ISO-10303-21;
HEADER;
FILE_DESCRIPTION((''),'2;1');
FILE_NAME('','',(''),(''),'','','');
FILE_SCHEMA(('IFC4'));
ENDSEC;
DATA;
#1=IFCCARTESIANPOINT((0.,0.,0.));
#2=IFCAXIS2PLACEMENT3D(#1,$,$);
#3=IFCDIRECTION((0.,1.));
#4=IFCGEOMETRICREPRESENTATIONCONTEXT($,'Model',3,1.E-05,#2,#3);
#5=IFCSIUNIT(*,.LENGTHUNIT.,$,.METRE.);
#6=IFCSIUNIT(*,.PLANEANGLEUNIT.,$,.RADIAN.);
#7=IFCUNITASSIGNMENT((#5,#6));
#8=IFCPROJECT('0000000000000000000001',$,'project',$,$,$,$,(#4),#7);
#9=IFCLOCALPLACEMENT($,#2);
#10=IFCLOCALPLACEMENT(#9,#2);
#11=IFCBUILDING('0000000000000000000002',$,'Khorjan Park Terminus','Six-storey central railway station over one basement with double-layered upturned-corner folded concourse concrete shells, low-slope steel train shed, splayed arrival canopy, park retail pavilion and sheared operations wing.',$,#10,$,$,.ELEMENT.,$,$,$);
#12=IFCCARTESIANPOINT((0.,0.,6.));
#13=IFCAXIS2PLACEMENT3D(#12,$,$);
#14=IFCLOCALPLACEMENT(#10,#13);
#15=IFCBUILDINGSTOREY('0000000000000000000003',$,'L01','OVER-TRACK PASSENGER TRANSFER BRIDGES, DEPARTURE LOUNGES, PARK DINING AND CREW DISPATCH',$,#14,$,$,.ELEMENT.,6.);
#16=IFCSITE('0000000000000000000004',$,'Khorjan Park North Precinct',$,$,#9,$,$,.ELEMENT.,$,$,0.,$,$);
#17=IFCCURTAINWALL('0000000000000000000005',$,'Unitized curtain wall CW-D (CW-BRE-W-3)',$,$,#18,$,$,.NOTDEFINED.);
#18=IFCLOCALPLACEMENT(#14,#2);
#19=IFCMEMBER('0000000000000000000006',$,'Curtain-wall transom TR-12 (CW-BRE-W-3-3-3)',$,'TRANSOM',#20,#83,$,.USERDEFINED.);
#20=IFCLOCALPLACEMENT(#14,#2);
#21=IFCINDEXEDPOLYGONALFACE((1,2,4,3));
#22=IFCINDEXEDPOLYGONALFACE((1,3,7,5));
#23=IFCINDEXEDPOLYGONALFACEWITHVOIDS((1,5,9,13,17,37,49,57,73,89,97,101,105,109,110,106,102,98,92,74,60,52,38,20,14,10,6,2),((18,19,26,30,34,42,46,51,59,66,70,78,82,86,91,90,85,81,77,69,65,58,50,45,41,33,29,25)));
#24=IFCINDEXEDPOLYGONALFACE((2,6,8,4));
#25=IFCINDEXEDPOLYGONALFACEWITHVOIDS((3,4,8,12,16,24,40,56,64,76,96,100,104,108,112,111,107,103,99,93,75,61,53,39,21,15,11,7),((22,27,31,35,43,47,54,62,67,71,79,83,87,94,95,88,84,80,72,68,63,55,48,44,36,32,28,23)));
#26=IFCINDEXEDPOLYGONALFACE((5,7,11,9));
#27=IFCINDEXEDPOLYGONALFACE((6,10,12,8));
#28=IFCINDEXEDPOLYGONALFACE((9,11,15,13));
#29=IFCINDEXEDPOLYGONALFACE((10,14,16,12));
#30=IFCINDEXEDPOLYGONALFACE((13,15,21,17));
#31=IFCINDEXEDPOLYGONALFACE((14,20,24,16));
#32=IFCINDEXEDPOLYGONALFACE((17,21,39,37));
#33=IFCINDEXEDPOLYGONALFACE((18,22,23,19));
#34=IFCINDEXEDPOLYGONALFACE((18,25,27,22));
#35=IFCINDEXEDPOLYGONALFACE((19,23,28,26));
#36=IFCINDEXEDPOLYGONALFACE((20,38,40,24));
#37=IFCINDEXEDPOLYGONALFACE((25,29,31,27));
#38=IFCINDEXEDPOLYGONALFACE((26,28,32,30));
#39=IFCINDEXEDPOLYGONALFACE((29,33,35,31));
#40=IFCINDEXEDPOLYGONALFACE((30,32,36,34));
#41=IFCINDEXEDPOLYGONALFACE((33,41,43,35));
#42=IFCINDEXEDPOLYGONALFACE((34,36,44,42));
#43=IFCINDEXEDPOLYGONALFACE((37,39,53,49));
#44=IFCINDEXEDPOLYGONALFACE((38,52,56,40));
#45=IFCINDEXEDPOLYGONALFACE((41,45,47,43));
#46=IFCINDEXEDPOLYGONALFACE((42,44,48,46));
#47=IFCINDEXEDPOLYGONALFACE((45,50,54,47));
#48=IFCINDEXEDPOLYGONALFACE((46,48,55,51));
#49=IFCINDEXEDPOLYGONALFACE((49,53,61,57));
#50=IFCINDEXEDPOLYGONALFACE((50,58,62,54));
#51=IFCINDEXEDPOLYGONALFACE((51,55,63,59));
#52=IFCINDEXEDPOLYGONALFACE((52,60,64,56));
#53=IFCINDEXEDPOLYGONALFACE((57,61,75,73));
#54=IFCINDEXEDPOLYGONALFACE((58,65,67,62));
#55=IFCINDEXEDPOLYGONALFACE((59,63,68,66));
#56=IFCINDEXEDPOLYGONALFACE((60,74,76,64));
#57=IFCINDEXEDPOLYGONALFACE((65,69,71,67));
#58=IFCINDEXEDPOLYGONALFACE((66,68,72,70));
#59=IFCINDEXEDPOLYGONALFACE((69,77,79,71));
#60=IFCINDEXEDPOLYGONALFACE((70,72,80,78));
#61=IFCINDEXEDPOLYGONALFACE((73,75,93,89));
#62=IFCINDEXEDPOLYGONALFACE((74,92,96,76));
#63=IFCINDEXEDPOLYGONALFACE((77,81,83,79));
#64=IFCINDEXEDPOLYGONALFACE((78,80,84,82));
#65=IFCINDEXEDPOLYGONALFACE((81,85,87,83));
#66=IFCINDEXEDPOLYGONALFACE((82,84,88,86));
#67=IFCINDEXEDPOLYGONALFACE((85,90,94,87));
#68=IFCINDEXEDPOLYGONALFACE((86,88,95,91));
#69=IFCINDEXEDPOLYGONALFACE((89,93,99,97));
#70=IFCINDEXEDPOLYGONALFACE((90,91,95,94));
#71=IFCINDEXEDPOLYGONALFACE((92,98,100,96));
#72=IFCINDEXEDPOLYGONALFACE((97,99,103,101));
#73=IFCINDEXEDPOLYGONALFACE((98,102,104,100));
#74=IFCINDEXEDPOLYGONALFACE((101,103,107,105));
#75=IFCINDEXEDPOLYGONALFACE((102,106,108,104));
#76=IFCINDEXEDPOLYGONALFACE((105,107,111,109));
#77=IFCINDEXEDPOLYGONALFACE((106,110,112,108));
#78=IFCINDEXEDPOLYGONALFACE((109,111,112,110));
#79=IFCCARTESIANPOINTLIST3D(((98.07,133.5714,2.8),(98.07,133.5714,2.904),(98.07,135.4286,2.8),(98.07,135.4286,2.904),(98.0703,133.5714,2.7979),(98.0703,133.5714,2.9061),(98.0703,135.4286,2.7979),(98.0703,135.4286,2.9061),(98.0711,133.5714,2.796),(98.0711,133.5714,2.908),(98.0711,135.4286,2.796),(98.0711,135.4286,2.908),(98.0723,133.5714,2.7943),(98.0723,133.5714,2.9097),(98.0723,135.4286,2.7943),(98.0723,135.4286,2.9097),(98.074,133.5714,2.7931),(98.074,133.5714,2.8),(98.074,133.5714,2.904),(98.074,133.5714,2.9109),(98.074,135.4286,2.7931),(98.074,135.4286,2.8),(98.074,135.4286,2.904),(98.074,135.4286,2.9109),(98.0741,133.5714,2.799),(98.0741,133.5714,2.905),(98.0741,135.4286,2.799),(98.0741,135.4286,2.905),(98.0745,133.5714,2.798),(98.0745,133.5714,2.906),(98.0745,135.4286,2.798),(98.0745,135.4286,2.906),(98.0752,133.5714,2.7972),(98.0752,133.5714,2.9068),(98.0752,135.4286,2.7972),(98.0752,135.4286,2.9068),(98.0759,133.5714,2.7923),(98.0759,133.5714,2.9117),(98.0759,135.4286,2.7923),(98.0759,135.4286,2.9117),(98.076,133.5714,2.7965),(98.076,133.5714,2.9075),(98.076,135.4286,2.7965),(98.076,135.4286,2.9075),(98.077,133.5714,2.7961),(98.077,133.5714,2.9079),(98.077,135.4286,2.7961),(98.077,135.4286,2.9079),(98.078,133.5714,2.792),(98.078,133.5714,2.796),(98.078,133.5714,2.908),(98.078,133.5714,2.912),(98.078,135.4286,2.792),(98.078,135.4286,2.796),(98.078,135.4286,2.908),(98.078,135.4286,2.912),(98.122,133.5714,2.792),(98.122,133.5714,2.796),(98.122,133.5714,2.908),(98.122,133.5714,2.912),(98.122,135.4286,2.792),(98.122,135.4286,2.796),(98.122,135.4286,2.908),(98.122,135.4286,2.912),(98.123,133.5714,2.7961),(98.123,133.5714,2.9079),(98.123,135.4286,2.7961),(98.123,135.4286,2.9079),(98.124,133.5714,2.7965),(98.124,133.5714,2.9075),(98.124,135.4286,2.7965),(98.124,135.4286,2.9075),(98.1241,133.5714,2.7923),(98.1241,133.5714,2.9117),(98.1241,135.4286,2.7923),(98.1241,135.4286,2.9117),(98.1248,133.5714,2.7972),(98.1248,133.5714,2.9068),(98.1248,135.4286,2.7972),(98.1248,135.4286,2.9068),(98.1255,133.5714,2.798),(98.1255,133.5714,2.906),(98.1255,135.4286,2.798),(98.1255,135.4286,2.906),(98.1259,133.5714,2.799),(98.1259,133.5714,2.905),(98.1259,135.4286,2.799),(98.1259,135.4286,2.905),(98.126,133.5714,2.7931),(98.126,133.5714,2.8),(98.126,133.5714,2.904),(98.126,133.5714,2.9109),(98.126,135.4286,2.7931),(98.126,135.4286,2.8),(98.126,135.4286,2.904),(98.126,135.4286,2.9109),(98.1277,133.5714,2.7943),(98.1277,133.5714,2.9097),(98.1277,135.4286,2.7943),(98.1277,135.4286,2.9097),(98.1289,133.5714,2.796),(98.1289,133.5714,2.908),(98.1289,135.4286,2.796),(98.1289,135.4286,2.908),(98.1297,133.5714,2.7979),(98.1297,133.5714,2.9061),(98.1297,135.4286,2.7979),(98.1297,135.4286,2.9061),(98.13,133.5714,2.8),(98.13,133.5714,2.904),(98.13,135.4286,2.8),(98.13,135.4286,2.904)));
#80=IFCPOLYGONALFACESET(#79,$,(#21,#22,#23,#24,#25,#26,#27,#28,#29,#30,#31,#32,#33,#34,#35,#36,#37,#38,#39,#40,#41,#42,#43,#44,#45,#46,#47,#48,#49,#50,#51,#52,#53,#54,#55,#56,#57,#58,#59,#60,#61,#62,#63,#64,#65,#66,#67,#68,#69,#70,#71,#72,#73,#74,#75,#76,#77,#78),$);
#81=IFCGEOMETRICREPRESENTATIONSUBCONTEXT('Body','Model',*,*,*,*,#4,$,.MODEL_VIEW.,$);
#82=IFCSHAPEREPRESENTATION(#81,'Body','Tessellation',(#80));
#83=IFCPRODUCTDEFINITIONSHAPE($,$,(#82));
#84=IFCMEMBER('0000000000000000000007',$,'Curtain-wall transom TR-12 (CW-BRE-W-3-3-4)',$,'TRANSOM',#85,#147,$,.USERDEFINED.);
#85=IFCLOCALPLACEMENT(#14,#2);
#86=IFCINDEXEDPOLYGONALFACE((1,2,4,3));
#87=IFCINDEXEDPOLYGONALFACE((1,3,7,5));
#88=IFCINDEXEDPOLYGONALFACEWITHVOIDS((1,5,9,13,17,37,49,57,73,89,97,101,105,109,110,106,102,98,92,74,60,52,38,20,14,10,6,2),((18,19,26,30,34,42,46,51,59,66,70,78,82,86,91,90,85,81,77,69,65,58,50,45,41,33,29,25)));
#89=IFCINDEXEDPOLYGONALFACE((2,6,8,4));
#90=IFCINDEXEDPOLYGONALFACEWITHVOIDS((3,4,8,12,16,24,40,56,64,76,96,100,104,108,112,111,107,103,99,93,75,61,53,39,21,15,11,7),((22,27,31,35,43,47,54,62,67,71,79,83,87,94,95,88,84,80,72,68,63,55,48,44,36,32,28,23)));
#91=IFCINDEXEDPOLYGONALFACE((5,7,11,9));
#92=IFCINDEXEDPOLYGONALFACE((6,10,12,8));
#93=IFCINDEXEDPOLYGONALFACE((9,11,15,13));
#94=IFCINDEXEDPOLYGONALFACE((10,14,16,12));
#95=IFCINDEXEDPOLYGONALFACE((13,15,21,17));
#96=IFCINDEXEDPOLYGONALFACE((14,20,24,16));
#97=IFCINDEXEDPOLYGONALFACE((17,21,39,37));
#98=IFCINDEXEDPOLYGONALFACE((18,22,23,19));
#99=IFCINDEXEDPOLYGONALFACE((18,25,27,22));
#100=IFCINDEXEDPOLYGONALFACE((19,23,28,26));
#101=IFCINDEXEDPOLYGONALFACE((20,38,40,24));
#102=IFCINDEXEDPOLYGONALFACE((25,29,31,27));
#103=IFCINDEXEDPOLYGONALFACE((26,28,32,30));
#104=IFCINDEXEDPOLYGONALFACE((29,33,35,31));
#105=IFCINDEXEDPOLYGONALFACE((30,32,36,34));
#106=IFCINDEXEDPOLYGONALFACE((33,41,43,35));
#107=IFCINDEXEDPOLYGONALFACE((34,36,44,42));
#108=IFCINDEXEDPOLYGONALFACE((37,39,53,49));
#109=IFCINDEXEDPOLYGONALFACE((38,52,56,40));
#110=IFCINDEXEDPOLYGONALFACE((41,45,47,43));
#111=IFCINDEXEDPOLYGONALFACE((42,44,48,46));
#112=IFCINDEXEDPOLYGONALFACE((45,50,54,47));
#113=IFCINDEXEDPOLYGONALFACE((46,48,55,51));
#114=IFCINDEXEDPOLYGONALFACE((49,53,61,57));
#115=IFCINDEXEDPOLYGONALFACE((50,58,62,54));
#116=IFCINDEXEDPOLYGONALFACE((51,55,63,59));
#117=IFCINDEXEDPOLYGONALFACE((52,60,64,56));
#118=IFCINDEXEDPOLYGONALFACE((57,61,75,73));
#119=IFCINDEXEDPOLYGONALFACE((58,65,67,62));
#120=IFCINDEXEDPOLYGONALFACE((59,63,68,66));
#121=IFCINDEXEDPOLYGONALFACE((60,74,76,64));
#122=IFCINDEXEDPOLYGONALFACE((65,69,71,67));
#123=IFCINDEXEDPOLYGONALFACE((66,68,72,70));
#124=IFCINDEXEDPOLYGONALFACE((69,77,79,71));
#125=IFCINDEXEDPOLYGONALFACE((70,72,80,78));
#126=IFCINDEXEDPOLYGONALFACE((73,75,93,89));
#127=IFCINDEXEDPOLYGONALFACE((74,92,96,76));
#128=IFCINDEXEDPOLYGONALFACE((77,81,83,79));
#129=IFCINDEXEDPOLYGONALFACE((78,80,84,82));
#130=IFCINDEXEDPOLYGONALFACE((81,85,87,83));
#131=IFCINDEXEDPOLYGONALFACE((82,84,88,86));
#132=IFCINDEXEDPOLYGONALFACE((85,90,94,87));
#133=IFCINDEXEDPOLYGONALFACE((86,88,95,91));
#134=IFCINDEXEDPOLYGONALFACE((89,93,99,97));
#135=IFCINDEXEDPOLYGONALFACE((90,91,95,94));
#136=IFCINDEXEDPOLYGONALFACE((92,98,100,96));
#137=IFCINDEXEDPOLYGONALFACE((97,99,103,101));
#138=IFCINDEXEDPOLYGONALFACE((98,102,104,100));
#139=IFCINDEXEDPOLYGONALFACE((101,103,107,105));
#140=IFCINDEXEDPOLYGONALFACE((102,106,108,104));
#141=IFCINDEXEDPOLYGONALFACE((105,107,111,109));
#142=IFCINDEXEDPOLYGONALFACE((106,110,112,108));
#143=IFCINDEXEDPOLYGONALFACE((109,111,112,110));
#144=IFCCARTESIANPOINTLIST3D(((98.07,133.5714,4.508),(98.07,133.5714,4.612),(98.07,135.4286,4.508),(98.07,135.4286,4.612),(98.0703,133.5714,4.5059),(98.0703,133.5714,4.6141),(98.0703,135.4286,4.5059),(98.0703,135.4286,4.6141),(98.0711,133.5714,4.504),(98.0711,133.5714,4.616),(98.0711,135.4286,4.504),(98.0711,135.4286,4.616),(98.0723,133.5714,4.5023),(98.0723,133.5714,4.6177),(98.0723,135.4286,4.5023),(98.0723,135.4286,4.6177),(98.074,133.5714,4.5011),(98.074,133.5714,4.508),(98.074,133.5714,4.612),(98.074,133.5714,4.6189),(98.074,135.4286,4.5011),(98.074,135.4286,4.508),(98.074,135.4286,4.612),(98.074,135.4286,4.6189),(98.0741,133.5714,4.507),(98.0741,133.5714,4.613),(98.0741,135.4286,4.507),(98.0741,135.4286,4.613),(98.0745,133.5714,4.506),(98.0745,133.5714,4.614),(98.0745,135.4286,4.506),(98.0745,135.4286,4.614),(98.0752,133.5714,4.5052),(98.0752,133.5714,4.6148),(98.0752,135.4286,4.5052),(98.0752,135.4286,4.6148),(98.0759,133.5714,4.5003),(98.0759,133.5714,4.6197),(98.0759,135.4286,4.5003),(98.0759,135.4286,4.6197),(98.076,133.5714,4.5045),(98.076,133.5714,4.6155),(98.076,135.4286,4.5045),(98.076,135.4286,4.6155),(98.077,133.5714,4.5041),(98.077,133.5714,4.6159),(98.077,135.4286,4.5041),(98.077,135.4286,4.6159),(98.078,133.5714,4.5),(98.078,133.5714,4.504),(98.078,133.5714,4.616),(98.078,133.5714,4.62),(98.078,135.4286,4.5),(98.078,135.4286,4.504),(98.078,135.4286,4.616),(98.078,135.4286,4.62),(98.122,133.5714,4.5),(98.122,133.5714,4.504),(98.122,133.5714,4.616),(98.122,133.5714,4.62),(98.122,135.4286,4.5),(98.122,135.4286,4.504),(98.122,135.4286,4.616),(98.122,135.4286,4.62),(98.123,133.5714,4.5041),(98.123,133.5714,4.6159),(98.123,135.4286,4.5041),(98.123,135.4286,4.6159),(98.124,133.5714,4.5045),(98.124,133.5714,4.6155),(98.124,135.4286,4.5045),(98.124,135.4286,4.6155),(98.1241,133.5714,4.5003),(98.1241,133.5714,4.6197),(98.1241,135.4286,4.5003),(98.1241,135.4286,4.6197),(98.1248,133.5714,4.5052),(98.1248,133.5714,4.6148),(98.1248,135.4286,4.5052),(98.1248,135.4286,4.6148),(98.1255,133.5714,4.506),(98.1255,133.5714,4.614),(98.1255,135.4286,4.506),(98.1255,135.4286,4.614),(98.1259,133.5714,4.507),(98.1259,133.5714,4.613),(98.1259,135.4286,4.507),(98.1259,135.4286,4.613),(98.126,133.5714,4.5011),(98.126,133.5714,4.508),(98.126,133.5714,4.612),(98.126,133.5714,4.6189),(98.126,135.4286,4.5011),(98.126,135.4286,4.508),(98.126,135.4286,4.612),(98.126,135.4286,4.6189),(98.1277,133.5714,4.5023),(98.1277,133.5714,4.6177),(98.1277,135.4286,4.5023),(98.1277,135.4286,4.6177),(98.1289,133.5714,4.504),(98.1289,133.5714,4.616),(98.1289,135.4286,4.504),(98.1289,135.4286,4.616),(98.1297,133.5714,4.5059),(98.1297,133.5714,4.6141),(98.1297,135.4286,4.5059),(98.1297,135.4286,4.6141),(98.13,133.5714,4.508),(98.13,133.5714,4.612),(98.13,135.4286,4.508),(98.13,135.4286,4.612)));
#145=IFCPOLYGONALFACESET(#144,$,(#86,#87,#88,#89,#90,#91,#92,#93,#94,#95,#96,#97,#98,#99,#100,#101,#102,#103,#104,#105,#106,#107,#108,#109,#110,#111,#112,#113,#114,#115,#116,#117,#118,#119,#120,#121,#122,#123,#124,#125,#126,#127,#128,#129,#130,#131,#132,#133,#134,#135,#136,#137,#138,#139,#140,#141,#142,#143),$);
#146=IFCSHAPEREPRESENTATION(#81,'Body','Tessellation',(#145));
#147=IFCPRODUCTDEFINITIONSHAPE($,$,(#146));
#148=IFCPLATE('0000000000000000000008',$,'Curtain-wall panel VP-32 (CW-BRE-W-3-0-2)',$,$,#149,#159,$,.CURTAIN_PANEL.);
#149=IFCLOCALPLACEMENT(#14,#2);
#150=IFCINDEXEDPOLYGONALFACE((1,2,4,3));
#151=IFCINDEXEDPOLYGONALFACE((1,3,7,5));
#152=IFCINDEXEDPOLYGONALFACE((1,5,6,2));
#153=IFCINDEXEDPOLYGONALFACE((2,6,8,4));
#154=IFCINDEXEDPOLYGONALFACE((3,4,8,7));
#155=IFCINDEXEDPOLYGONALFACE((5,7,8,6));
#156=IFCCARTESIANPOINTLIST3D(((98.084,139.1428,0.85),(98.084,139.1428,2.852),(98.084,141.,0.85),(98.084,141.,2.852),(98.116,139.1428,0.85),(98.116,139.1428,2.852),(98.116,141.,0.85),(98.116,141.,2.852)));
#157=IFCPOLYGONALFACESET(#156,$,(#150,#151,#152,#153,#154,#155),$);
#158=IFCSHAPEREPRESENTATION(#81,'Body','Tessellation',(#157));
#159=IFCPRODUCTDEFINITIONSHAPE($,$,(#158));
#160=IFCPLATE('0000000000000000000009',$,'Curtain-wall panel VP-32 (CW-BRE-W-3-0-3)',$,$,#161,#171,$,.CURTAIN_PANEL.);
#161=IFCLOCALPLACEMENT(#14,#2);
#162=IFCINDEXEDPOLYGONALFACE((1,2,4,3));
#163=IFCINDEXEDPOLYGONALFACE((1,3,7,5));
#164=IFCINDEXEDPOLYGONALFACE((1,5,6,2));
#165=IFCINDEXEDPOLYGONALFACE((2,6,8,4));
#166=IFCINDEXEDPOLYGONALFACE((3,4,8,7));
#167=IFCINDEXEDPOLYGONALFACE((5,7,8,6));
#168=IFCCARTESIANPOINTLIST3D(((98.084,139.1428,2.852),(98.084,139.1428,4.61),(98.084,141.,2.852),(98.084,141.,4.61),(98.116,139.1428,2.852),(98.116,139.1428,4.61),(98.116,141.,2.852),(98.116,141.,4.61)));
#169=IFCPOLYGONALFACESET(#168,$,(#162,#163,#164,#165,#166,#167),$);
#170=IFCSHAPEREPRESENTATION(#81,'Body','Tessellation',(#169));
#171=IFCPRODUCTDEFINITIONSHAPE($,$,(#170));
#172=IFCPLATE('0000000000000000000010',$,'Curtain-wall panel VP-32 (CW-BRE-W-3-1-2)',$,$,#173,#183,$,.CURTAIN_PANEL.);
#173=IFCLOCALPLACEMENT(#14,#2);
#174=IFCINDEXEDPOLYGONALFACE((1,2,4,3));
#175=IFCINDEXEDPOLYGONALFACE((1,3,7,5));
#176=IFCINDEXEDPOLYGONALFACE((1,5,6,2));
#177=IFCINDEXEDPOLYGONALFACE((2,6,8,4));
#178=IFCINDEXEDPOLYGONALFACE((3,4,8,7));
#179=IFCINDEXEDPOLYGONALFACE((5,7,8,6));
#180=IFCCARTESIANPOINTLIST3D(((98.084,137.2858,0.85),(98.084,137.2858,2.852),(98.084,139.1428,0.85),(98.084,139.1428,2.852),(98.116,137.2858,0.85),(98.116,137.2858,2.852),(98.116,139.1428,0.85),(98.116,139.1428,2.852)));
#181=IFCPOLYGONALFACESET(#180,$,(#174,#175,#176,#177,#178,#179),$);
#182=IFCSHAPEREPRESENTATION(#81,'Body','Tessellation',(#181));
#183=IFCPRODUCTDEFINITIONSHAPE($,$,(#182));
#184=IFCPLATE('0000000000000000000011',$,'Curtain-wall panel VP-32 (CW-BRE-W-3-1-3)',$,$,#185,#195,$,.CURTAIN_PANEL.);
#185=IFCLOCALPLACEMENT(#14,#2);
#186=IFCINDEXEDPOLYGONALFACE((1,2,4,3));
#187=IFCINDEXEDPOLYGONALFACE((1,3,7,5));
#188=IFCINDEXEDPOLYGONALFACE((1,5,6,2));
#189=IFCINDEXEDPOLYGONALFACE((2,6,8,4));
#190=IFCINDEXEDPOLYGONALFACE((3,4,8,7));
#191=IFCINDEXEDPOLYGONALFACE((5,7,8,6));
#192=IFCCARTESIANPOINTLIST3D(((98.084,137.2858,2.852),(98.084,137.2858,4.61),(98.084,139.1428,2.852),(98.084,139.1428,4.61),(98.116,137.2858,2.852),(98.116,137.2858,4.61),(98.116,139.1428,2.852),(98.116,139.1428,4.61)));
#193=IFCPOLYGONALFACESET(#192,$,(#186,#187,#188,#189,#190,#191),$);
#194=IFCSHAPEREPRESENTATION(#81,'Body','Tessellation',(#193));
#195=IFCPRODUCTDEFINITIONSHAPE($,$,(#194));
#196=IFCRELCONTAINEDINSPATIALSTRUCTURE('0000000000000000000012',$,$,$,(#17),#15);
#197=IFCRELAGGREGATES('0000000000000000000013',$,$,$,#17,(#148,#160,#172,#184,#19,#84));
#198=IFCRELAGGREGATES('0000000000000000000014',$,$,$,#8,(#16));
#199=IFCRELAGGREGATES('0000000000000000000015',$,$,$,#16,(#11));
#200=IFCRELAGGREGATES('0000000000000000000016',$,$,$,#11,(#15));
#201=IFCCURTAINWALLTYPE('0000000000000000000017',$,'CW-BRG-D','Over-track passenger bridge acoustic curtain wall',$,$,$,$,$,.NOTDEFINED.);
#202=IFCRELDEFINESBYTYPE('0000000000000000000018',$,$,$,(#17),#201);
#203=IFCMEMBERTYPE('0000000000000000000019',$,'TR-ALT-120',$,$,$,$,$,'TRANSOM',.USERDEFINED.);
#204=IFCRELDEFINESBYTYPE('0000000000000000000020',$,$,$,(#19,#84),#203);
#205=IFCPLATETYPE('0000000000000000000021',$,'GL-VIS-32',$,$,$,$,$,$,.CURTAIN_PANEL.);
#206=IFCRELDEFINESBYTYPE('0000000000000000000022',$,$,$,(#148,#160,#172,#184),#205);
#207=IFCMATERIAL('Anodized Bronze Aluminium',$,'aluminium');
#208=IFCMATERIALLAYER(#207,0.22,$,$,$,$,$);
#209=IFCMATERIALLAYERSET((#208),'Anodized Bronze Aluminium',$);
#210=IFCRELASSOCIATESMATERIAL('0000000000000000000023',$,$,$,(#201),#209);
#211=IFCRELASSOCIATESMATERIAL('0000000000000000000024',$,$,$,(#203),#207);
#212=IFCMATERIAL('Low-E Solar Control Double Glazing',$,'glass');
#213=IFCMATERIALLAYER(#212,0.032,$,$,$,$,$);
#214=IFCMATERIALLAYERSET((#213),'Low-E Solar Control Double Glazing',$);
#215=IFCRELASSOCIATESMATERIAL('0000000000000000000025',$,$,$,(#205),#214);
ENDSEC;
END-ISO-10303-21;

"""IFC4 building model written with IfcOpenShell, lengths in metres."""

from ifc_helpers import new_model, si_unit, direction, frame, origin, origin_2d, place, context, subcontext, project, spatial, rectangle, hollow_rectangle, extrude, material, layer, layer_set, material_profile, profile_set, type_object, element, aggregate, save


model = new_model("IFC4")

# Units and contexts
model_context = context("Model", 3, precision=1e-05, world=origin(), true_north=direction((0.0, 1.0)))
body_context = subcontext(model_context, "Body", "Model", "MODEL_VIEW")
ifc_project = project(units=[si_unit("LENGTHUNIT", "METRE"), si_unit("PLANEANGLEUNIT", "RADIAN")], contexts=[model_context])

# Site, building, storey
site_placement = place(None, origin())
site = spatial("IfcSite", under=ifc_project, at=site_placement, Name="Khorjan Park North Precinct", CompositionType="ELEMENT", RefElevation=0.0)
building_placement = place(site_placement, origin())
building = spatial("IfcBuilding", under=site, at=building_placement, Name="Khorjan Park Terminus", Description="Six-storey central railway station over one basement with double-layered upturned-corner folded concourse concrete shells, low-slope steel train shed, splayed arrival canopy, park retail pavilion and sheared operations wing.", CompositionType="ELEMENT")
storey_placement = place(building_placement, frame((0.0, 0.0, 6.0)))
storey = spatial("IfcBuildingStorey", under=building, at=storey_placement, Name="L01", Description="OVER-TRACK PASSENGER TRANSFER BRIDGES, DEPARTURE LOUNGES, PARK DINING AND CREW DISPATCH", CompositionType="ELEMENT", Elevation=6.0)

# Curtain wall, members, plates
ifc_material_1 = material(Name="Anodized Bronze Aluminium", Category="aluminium")
ifc_layer_1 = layer(ifc_material_1, 0.22)
ifc_layer_set_1 = layer_set([ifc_layer_1], Name="Anodized Bronze Aluminium")
curtain_wall_type = type_object("IfcCurtainWallType", Name="CW-BRG-D", Description="Over-track passenger bridge acoustic curtain wall", PredefinedType="NOTDEFINED", material=ifc_layer_set_1)
curtain_wall_1_placement = place(storey_placement, origin())
curtain_wall_1 = element("IfcCurtainWall", 1, at=curtain_wall_1_placement, inside=storey, type_object=curtain_wall_type, Name="Unitized curtain wall CW-D (CW-BRE-W-3)", PredefinedType="NOTDEFINED")
ifc_material_profile_1 = material_profile(ifc_material_1, hollow_rectangle(XDim=0.06, YDim=0.12, WallThickness=0.004, InnerFilletRadius=0.004, OuterFilletRadius=0.008, at=origin_2d()), Name="ALT 60x120x4")
ifc_profile_set_1 = profile_set([ifc_material_profile_1], Name="Anodized Bronze Aluminium")
member_type_1 = type_object("IfcMemberType", Name="TR-ALT-120", ElementType="TRANSOM", PredefinedType="USERDEFINED", material=ifc_profile_set_1)
member_1_placement = place(storey_placement, frame((98.1, 135.4286, 2.852), z_axis=(0.0, -1.0, 0.0), x_axis=(1.0, 0.0, 0.0)))
member_1 = element("IfcMember", 2, at=member_1_placement, type_object=member_type_1, Name="Curtain-wall transom TR-12 (CW-BRE-W-3-3-3)", ObjectType="TRANSOM", PredefinedType="USERDEFINED", context=body_context, shape_type="SweptSolid", body=[
    extrude(hollow_rectangle(XDim=0.06, YDim=0.12, WallThickness=0.004, InnerFilletRadius=0.004, OuterFilletRadius=0.008, at=origin_2d()), origin(), (0.0, 0.0, 1.0), 1.8572),
])
member_2_placement = place(storey_placement, frame((98.1, 135.4286, 4.56), z_axis=(0.0, -1.0, 0.0), x_axis=(1.0, 0.0, 0.0)))
member_2 = element("IfcMember", 3, at=member_2_placement, type_object=member_type_1, Name="Curtain-wall transom TR-12 (CW-BRE-W-3-3-4)", ObjectType="TRANSOM", PredefinedType="USERDEFINED", context=body_context, shape_type="SweptSolid", body=[
    extrude(hollow_rectangle(XDim=0.06, YDim=0.12, WallThickness=0.004, InnerFilletRadius=0.004, OuterFilletRadius=0.008, at=origin_2d()), origin(), (0.0, 0.0, 1.0), 1.8572),
])
ifc_material_2 = material(Name="Low-E Solar Control Double Glazing", Category="glass")
ifc_layer_2 = layer(ifc_material_2, 0.032)
ifc_layer_set_2 = layer_set([ifc_layer_2], Name="Low-E Solar Control Double Glazing")
plate_type_1 = type_object("IfcPlateType", Name="GL-VIS-32", PredefinedType="CURTAIN_PANEL", material=ifc_layer_set_2)
plate_1_placement = place(storey_placement, frame((98.1, 140.0714, 0.85), z_axis=(0.0, 0.0, 1.0), x_axis=(0.0, -1.0, 0.0)))
plate_1 = element("IfcPlate", 4, at=plate_1_placement, type_object=plate_type_1, Name="Curtain-wall panel VP-32 (CW-BRE-W-3-0-2)", PredefinedType="CURTAIN_PANEL", context=body_context, shape_type="SweptSolid", body=[
    extrude(rectangle(XDim=1.8571, YDim=0.032, at=origin_2d()), origin(), (0.0, 0.0, 1.0), 2.002),
])
plate_2_placement = place(storey_placement, frame((98.1, 140.0714, 2.852), z_axis=(0.0, 0.0, 1.0), x_axis=(0.0, -1.0, 0.0)))
plate_2 = element("IfcPlate", 5, at=plate_2_placement, type_object=plate_type_1, Name="Curtain-wall panel VP-32 (CW-BRE-W-3-0-3)", PredefinedType="CURTAIN_PANEL", context=body_context, shape_type="SweptSolid", body=[
    extrude(rectangle(XDim=1.8571, YDim=0.032, at=origin_2d()), origin(), (0.0, 0.0, 1.0), 1.758),
])
plate_3_placement = place(storey_placement, frame((98.1, 138.2143, 0.85), z_axis=(0.0, 0.0, 1.0), x_axis=(0.0, -1.0, 0.0)))
plate_3 = element("IfcPlate", 6, at=plate_3_placement, type_object=plate_type_1, Name="Curtain-wall panel VP-32 (CW-BRE-W-3-1-2)", PredefinedType="CURTAIN_PANEL", context=body_context, shape_type="SweptSolid", body=[
    extrude(rectangle(XDim=1.8571, YDim=0.032, at=origin_2d()), origin(), (0.0, 0.0, 1.0), 2.002),
])
plate_4_placement = place(storey_placement, frame((98.1, 138.2143, 2.852), z_axis=(0.0, 0.0, 1.0), x_axis=(0.0, -1.0, 0.0)))
plate_4 = element("IfcPlate", 7, at=plate_4_placement, type_object=plate_type_1, Name="Curtain-wall panel VP-32 (CW-BRE-W-3-1-3)", PredefinedType="CURTAIN_PANEL", context=body_context, shape_type="SweptSolid", body=[
    extrude(rectangle(XDim=1.8571, YDim=0.032, at=origin_2d()), origin(), (0.0, 0.0, 1.0), 1.758),
])

aggregate(curtain_wall_1, [plate_1, plate_2, plate_3, plate_4, member_1, member_2])

save(model, "model.ifc")
